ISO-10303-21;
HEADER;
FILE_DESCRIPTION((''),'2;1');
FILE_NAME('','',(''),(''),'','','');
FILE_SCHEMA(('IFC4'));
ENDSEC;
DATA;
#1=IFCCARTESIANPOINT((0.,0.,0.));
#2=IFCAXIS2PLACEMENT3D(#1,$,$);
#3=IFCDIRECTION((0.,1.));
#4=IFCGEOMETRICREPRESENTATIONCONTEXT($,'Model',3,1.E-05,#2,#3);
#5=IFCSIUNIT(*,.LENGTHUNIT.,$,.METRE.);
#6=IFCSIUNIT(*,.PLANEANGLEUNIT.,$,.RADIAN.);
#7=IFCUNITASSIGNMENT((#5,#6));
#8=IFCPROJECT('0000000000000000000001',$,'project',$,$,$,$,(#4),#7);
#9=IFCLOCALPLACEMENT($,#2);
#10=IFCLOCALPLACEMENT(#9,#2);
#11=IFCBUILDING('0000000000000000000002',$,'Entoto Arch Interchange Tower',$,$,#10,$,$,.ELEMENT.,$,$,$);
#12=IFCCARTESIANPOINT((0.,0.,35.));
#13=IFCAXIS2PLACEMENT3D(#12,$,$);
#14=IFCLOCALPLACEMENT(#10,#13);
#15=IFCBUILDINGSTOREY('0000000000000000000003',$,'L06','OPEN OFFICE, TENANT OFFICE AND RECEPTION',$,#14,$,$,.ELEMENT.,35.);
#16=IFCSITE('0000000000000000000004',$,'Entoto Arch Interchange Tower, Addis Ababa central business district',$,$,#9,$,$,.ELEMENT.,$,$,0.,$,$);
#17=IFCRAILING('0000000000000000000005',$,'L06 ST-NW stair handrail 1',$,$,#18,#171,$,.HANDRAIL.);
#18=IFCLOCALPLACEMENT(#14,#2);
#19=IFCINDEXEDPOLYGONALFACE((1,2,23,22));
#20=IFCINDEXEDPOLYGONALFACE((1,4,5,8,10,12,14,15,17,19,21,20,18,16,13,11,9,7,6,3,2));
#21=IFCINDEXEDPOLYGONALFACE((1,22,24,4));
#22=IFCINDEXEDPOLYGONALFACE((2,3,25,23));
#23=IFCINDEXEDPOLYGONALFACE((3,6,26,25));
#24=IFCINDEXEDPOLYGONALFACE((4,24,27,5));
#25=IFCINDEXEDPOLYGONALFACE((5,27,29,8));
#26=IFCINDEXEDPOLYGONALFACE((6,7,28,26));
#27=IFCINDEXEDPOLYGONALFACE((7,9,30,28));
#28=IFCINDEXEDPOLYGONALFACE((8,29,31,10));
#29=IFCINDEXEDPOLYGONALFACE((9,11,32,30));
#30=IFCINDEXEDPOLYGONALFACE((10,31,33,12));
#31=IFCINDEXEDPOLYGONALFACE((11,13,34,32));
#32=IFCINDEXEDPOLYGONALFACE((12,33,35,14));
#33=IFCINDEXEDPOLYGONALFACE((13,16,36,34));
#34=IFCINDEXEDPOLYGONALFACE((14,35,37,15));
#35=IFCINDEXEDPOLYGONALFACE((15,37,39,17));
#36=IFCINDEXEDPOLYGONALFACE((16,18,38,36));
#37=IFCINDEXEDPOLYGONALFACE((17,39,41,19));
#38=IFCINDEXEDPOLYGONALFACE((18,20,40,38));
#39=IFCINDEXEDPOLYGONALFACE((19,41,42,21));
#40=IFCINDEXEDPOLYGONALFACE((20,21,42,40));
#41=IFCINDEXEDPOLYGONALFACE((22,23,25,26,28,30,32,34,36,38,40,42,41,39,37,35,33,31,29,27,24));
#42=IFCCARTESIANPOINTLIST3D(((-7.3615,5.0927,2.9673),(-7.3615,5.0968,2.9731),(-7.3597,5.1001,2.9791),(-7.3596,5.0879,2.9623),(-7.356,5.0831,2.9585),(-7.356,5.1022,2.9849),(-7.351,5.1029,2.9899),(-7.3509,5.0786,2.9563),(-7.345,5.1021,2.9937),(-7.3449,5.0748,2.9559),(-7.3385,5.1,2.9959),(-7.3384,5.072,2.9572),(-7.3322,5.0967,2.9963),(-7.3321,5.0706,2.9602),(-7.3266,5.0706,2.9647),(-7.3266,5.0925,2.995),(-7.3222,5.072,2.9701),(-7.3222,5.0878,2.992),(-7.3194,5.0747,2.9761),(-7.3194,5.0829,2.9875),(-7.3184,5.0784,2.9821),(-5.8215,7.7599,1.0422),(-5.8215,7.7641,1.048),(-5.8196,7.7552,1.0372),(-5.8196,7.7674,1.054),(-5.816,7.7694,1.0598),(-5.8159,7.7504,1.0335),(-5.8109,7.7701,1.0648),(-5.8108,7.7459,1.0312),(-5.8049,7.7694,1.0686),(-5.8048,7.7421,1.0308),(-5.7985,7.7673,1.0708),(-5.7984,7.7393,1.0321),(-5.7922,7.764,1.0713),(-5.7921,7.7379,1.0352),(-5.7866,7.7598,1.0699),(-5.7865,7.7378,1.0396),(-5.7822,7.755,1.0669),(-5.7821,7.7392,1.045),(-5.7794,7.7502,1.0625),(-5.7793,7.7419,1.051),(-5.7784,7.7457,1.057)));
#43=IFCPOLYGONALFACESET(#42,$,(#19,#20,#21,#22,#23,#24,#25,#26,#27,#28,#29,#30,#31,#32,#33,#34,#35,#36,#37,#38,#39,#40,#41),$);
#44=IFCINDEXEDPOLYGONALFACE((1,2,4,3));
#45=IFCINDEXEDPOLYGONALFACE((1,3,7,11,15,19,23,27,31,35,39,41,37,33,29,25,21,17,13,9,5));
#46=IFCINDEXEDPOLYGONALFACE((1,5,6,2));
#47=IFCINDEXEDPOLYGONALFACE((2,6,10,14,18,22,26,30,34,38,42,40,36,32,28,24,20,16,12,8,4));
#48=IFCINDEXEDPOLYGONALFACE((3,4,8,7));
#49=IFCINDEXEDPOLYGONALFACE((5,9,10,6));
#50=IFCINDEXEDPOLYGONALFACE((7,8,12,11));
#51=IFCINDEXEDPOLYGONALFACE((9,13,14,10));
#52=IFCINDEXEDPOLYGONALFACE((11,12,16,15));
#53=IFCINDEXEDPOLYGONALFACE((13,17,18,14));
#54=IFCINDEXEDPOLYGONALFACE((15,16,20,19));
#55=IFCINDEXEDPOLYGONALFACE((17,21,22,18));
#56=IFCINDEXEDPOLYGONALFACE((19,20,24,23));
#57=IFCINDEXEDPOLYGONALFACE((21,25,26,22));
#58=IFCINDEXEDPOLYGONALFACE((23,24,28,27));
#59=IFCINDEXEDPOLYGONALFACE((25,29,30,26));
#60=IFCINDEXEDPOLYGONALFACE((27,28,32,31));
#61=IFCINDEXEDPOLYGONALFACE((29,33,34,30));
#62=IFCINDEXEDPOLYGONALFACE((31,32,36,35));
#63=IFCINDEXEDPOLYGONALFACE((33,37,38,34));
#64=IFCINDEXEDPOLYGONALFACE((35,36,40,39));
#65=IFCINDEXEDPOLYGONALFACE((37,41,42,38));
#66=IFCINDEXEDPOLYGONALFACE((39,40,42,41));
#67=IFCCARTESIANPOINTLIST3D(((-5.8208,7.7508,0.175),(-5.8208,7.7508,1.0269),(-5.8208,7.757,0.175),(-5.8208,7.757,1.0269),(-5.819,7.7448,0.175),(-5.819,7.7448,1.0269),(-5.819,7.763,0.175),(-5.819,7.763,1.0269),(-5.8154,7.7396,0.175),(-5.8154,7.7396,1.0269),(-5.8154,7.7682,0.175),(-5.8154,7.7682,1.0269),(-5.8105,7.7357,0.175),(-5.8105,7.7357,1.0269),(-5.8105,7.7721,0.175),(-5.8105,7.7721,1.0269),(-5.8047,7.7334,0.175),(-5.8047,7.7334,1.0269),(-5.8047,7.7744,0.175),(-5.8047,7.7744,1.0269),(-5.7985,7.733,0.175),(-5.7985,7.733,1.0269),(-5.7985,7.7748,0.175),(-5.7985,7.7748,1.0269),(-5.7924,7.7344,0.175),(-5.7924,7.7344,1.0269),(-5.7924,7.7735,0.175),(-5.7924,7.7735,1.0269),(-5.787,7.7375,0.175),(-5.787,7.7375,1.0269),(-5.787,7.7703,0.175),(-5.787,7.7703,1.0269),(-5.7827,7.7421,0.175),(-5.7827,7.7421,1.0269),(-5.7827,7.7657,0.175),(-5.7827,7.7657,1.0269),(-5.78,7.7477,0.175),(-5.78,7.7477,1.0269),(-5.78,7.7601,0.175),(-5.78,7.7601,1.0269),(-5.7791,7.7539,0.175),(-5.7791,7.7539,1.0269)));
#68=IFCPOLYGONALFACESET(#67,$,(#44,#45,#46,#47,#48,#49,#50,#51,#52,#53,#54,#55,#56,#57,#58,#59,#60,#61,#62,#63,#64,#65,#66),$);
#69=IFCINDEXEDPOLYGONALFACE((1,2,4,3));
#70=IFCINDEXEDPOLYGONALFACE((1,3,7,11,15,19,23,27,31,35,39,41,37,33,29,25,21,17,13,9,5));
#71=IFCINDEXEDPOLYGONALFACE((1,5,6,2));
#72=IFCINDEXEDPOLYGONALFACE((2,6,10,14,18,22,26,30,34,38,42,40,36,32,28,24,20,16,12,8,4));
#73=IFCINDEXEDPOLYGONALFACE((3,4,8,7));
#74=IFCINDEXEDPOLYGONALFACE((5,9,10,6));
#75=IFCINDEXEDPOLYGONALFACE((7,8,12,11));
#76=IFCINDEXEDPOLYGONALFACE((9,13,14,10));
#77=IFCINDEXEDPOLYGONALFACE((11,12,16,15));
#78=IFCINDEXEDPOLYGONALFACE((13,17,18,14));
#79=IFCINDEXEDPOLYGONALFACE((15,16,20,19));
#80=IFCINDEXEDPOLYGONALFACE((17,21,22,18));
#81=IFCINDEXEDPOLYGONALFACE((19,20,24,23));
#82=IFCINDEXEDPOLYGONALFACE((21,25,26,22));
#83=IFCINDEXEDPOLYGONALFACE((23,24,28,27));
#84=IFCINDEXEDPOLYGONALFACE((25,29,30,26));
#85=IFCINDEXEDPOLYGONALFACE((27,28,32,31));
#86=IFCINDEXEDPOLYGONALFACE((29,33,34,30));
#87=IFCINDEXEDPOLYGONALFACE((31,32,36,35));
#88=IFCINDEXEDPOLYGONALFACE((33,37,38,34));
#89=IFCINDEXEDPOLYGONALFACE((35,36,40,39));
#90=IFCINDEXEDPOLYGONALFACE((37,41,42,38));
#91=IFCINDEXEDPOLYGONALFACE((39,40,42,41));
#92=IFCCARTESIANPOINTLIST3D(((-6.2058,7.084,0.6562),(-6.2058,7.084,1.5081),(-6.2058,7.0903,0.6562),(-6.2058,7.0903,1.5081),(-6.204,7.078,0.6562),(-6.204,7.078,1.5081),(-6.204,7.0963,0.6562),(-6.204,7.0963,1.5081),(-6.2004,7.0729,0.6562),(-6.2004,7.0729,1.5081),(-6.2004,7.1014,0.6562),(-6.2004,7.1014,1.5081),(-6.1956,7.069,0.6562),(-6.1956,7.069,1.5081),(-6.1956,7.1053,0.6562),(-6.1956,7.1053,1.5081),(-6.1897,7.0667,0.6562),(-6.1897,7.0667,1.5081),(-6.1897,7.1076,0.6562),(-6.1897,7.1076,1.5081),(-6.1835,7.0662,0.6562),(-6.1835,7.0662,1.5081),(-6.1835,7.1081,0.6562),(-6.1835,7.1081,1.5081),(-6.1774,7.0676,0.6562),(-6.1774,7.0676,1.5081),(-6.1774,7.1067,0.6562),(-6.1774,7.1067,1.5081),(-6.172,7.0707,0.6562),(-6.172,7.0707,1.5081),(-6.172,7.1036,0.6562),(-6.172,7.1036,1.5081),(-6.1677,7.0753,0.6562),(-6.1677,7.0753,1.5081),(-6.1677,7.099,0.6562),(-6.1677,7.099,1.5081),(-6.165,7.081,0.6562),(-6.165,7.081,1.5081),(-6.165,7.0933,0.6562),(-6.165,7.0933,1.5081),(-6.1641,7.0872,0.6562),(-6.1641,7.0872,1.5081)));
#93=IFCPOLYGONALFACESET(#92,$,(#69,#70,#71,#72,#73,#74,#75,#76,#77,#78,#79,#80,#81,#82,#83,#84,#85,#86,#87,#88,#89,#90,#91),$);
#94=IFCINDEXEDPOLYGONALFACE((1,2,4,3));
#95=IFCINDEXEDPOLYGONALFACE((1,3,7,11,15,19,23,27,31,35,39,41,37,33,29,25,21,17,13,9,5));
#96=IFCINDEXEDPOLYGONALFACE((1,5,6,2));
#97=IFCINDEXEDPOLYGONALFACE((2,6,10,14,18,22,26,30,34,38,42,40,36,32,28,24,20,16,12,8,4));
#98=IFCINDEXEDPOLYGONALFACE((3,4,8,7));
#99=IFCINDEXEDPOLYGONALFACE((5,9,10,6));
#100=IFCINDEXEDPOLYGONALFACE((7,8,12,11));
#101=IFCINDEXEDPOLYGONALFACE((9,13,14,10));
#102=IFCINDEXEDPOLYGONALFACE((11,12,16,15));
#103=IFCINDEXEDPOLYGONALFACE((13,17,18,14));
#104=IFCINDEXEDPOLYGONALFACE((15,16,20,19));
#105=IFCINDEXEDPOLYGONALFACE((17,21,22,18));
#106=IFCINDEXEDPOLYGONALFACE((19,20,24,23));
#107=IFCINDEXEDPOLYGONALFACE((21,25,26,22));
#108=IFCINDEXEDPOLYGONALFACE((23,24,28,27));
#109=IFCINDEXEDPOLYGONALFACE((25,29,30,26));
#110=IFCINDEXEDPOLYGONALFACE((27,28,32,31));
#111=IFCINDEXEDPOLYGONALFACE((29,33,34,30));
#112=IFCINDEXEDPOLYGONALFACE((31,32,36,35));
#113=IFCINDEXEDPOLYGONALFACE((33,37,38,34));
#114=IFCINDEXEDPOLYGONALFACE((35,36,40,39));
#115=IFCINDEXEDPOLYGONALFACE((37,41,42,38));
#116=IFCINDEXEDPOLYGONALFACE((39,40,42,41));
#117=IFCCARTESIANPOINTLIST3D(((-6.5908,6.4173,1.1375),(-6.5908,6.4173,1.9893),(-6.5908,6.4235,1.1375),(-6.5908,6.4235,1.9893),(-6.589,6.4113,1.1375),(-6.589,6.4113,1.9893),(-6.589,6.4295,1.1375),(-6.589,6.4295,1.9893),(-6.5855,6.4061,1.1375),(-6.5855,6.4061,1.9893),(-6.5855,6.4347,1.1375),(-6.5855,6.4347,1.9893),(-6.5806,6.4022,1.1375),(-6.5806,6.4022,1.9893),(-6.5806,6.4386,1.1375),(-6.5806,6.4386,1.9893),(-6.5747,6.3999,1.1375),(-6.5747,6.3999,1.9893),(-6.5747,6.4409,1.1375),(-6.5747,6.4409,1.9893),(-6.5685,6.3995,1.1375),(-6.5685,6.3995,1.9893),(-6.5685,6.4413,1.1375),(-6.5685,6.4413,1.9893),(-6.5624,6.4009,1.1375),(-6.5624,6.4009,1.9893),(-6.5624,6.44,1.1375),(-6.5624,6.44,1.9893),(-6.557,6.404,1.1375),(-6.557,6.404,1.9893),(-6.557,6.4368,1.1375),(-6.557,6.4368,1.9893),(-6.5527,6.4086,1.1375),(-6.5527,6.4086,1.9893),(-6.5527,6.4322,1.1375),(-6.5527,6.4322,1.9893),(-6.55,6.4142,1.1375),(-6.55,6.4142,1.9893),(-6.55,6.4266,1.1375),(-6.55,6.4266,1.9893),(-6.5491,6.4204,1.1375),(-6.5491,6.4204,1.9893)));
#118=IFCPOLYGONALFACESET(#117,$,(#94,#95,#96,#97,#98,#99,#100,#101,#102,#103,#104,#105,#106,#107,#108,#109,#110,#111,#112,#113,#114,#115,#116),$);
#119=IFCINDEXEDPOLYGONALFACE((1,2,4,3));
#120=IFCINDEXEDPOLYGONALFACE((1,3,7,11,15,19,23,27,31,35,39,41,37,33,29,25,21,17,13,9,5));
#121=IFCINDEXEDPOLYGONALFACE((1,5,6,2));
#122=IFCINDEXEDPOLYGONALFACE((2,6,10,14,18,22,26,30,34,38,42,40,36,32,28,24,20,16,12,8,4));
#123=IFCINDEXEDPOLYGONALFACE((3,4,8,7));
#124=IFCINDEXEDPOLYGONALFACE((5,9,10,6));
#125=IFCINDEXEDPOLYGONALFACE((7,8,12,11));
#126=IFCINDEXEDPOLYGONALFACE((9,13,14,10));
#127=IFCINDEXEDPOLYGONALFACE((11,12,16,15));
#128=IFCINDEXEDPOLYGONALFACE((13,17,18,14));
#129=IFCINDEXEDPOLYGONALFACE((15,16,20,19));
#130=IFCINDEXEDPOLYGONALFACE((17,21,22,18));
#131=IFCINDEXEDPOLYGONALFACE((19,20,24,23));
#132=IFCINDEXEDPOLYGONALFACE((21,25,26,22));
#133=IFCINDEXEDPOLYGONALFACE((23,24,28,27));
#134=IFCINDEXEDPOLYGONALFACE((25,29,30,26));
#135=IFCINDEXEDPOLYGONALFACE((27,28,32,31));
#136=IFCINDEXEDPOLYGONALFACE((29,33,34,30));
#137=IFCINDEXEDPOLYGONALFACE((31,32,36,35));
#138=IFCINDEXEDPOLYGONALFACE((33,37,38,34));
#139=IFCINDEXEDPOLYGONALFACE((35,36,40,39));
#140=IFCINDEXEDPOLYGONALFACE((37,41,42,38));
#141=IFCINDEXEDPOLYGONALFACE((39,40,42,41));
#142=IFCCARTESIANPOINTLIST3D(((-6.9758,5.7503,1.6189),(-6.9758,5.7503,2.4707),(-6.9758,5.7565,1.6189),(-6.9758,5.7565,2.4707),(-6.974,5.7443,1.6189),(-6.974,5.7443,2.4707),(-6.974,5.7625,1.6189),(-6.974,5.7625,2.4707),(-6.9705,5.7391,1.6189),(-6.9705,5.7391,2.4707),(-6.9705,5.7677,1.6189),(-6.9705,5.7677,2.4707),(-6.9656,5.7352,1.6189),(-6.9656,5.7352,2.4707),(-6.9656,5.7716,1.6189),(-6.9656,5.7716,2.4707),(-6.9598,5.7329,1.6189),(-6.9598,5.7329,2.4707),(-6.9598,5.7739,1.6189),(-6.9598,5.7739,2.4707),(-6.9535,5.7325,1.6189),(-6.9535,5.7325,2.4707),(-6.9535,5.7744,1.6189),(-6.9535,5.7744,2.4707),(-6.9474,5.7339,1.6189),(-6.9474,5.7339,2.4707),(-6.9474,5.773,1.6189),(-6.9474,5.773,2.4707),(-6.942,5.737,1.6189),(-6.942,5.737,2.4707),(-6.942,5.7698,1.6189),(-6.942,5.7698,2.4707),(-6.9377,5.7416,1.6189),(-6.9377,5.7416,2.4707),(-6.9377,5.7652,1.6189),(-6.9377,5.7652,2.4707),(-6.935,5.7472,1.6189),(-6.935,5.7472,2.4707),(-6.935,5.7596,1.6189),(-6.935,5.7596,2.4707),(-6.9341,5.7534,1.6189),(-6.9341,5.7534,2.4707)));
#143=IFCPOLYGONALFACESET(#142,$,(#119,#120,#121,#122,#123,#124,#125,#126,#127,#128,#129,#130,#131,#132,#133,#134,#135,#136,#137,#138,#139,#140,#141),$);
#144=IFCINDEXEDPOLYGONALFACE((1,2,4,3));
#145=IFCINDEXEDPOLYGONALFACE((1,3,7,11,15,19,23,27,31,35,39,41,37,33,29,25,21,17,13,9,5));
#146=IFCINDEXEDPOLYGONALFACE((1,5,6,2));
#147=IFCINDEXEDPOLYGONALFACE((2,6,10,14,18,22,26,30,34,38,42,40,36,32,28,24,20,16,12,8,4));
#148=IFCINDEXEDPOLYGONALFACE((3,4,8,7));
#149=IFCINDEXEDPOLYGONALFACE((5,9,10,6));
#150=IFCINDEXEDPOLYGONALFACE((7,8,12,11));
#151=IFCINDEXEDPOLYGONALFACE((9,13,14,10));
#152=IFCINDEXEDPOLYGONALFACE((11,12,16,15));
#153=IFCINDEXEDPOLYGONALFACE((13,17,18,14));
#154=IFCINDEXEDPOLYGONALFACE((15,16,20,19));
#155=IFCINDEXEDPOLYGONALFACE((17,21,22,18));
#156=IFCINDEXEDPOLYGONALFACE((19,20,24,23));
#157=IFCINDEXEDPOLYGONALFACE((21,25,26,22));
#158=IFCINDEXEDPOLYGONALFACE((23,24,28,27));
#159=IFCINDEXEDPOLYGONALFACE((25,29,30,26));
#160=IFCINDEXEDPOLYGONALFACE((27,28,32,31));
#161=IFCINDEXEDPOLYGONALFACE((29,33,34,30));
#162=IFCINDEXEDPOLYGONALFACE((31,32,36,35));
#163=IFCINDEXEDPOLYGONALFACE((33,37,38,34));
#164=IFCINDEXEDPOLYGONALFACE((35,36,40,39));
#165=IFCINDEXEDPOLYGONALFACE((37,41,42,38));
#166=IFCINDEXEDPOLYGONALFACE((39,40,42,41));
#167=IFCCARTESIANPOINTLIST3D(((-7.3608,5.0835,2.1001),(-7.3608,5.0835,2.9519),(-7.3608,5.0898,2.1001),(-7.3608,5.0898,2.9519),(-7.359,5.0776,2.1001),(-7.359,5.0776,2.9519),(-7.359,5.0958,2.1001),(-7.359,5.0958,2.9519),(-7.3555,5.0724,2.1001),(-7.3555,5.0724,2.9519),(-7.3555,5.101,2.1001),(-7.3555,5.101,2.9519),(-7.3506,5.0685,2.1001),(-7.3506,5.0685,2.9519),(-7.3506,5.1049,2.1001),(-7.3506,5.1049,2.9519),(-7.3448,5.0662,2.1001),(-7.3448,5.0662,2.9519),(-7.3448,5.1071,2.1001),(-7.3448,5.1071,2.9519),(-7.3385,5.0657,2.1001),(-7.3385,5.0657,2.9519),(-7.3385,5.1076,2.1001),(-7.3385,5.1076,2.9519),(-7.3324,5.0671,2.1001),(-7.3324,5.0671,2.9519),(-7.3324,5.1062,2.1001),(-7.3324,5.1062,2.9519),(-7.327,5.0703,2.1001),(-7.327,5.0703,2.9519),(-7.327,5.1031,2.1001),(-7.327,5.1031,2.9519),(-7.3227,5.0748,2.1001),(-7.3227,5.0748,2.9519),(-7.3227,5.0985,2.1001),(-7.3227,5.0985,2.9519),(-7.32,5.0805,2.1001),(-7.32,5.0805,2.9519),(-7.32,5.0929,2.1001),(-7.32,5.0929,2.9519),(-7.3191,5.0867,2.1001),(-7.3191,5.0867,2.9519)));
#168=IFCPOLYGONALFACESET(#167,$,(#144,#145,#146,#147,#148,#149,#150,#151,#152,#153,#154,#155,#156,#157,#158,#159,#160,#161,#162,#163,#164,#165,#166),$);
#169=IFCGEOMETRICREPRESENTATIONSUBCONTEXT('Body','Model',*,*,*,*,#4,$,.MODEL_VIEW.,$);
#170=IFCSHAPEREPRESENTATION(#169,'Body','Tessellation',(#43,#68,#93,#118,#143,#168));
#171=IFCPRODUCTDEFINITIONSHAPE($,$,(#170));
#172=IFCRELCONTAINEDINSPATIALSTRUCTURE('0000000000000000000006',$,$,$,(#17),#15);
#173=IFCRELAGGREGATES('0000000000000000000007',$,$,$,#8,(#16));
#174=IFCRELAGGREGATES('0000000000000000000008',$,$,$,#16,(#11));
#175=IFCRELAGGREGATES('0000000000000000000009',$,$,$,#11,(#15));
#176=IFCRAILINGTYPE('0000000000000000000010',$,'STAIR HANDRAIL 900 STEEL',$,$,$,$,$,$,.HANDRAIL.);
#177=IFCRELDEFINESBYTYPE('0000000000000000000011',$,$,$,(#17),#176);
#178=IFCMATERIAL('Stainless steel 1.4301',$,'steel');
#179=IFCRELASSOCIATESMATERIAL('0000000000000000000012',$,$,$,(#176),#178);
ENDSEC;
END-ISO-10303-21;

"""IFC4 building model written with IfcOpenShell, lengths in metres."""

from ifc_helpers import new_model, si_unit, direction, frame, origin, origin_2d, place, context, subcontext, project, spatial, circle, extrude, material, type_object, element, save


model = new_model("IFC4")

# Units and contexts
model_context = context("Model", 3, precision=1e-05, world=origin(), true_north=direction((0.0, 1.0)))
body_context = subcontext(model_context, "Body", "Model", "MODEL_VIEW")
ifc_project = project(units=[si_unit("LENGTHUNIT", "METRE"), si_unit("PLANEANGLEUNIT", "RADIAN")], contexts=[model_context])

# Site, building, storey
site_placement = place(None, origin())
site = spatial("IfcSite", under=ifc_project, at=site_placement, Name="Entoto Arch Interchange Tower, Addis Ababa central business district", CompositionType="ELEMENT", RefElevation=0.0)
building_placement = place(site_placement, origin())
building = spatial("IfcBuilding", under=site, at=building_placement, Name="Entoto Arch Interchange Tower", CompositionType="ELEMENT")
storey_placement = place(building_placement, frame((0.0, 0.0, 35.0)))
storey = spatial("IfcBuildingStorey", under=building, at=storey_placement, Name="L06", Description="OPEN OFFICE, TENANT OFFICE AND RECEPTION", CompositionType="ELEMENT", Elevation=35.0)

# Railing
ifc_material_1 = material(Name="Stainless steel 1.4301", Category="steel")
railing_type = type_object("IfcRailingType", Name="STAIR HANDRAIL 900 STEEL", PredefinedType="HANDRAIL", material=ifc_material_1)
railing_placement = place(storey_placement, frame((-5.8, 7.7539, 0.175)))
element("IfcRailing", 1, at=railing_placement, inside=storey, type_object=railing_type, Name="L06 ST-NW stair handrail 1", PredefinedType="HANDRAIL", context=body_context, shape_type="SweptSolid", body=[
    extrude(circle(Radius=0.0239, at=origin_2d()), frame((0.0, 0.0, 0.876), z_axis=(-0.424015, -0.734364, 0.530019), x_axis=(0.86601, -0.500027, 0.0)), (0.0, 0.0, 1.0), 3.6321),
    extrude(circle(Radius=0.021, at=origin_2d()), origin(), (0.0, 0.0, 1.0), 0.8518),
    extrude(circle(Radius=0.021, at=origin_2d()), frame((-0.385, -0.6667, 0.4812)), (0.0, 0.0, 1.0), 0.8518),
    extrude(circle(Radius=0.021, at=origin_2d()), frame((-0.77, -1.3335, 0.9624)), (0.0, 0.0, 1.0), 0.8518),
    extrude(circle(Radius=0.021, at=origin_2d()), frame((-1.155, -2.0005, 1.4438)), (0.0, 0.0, 1.0), 0.8518),
    extrude(circle(Radius=0.021, at=origin_2d()), frame((-1.54, -2.6672, 1.925)), (0.0, 0.0, 1.0), 0.8518),
])

save(model, "model.ifc")
